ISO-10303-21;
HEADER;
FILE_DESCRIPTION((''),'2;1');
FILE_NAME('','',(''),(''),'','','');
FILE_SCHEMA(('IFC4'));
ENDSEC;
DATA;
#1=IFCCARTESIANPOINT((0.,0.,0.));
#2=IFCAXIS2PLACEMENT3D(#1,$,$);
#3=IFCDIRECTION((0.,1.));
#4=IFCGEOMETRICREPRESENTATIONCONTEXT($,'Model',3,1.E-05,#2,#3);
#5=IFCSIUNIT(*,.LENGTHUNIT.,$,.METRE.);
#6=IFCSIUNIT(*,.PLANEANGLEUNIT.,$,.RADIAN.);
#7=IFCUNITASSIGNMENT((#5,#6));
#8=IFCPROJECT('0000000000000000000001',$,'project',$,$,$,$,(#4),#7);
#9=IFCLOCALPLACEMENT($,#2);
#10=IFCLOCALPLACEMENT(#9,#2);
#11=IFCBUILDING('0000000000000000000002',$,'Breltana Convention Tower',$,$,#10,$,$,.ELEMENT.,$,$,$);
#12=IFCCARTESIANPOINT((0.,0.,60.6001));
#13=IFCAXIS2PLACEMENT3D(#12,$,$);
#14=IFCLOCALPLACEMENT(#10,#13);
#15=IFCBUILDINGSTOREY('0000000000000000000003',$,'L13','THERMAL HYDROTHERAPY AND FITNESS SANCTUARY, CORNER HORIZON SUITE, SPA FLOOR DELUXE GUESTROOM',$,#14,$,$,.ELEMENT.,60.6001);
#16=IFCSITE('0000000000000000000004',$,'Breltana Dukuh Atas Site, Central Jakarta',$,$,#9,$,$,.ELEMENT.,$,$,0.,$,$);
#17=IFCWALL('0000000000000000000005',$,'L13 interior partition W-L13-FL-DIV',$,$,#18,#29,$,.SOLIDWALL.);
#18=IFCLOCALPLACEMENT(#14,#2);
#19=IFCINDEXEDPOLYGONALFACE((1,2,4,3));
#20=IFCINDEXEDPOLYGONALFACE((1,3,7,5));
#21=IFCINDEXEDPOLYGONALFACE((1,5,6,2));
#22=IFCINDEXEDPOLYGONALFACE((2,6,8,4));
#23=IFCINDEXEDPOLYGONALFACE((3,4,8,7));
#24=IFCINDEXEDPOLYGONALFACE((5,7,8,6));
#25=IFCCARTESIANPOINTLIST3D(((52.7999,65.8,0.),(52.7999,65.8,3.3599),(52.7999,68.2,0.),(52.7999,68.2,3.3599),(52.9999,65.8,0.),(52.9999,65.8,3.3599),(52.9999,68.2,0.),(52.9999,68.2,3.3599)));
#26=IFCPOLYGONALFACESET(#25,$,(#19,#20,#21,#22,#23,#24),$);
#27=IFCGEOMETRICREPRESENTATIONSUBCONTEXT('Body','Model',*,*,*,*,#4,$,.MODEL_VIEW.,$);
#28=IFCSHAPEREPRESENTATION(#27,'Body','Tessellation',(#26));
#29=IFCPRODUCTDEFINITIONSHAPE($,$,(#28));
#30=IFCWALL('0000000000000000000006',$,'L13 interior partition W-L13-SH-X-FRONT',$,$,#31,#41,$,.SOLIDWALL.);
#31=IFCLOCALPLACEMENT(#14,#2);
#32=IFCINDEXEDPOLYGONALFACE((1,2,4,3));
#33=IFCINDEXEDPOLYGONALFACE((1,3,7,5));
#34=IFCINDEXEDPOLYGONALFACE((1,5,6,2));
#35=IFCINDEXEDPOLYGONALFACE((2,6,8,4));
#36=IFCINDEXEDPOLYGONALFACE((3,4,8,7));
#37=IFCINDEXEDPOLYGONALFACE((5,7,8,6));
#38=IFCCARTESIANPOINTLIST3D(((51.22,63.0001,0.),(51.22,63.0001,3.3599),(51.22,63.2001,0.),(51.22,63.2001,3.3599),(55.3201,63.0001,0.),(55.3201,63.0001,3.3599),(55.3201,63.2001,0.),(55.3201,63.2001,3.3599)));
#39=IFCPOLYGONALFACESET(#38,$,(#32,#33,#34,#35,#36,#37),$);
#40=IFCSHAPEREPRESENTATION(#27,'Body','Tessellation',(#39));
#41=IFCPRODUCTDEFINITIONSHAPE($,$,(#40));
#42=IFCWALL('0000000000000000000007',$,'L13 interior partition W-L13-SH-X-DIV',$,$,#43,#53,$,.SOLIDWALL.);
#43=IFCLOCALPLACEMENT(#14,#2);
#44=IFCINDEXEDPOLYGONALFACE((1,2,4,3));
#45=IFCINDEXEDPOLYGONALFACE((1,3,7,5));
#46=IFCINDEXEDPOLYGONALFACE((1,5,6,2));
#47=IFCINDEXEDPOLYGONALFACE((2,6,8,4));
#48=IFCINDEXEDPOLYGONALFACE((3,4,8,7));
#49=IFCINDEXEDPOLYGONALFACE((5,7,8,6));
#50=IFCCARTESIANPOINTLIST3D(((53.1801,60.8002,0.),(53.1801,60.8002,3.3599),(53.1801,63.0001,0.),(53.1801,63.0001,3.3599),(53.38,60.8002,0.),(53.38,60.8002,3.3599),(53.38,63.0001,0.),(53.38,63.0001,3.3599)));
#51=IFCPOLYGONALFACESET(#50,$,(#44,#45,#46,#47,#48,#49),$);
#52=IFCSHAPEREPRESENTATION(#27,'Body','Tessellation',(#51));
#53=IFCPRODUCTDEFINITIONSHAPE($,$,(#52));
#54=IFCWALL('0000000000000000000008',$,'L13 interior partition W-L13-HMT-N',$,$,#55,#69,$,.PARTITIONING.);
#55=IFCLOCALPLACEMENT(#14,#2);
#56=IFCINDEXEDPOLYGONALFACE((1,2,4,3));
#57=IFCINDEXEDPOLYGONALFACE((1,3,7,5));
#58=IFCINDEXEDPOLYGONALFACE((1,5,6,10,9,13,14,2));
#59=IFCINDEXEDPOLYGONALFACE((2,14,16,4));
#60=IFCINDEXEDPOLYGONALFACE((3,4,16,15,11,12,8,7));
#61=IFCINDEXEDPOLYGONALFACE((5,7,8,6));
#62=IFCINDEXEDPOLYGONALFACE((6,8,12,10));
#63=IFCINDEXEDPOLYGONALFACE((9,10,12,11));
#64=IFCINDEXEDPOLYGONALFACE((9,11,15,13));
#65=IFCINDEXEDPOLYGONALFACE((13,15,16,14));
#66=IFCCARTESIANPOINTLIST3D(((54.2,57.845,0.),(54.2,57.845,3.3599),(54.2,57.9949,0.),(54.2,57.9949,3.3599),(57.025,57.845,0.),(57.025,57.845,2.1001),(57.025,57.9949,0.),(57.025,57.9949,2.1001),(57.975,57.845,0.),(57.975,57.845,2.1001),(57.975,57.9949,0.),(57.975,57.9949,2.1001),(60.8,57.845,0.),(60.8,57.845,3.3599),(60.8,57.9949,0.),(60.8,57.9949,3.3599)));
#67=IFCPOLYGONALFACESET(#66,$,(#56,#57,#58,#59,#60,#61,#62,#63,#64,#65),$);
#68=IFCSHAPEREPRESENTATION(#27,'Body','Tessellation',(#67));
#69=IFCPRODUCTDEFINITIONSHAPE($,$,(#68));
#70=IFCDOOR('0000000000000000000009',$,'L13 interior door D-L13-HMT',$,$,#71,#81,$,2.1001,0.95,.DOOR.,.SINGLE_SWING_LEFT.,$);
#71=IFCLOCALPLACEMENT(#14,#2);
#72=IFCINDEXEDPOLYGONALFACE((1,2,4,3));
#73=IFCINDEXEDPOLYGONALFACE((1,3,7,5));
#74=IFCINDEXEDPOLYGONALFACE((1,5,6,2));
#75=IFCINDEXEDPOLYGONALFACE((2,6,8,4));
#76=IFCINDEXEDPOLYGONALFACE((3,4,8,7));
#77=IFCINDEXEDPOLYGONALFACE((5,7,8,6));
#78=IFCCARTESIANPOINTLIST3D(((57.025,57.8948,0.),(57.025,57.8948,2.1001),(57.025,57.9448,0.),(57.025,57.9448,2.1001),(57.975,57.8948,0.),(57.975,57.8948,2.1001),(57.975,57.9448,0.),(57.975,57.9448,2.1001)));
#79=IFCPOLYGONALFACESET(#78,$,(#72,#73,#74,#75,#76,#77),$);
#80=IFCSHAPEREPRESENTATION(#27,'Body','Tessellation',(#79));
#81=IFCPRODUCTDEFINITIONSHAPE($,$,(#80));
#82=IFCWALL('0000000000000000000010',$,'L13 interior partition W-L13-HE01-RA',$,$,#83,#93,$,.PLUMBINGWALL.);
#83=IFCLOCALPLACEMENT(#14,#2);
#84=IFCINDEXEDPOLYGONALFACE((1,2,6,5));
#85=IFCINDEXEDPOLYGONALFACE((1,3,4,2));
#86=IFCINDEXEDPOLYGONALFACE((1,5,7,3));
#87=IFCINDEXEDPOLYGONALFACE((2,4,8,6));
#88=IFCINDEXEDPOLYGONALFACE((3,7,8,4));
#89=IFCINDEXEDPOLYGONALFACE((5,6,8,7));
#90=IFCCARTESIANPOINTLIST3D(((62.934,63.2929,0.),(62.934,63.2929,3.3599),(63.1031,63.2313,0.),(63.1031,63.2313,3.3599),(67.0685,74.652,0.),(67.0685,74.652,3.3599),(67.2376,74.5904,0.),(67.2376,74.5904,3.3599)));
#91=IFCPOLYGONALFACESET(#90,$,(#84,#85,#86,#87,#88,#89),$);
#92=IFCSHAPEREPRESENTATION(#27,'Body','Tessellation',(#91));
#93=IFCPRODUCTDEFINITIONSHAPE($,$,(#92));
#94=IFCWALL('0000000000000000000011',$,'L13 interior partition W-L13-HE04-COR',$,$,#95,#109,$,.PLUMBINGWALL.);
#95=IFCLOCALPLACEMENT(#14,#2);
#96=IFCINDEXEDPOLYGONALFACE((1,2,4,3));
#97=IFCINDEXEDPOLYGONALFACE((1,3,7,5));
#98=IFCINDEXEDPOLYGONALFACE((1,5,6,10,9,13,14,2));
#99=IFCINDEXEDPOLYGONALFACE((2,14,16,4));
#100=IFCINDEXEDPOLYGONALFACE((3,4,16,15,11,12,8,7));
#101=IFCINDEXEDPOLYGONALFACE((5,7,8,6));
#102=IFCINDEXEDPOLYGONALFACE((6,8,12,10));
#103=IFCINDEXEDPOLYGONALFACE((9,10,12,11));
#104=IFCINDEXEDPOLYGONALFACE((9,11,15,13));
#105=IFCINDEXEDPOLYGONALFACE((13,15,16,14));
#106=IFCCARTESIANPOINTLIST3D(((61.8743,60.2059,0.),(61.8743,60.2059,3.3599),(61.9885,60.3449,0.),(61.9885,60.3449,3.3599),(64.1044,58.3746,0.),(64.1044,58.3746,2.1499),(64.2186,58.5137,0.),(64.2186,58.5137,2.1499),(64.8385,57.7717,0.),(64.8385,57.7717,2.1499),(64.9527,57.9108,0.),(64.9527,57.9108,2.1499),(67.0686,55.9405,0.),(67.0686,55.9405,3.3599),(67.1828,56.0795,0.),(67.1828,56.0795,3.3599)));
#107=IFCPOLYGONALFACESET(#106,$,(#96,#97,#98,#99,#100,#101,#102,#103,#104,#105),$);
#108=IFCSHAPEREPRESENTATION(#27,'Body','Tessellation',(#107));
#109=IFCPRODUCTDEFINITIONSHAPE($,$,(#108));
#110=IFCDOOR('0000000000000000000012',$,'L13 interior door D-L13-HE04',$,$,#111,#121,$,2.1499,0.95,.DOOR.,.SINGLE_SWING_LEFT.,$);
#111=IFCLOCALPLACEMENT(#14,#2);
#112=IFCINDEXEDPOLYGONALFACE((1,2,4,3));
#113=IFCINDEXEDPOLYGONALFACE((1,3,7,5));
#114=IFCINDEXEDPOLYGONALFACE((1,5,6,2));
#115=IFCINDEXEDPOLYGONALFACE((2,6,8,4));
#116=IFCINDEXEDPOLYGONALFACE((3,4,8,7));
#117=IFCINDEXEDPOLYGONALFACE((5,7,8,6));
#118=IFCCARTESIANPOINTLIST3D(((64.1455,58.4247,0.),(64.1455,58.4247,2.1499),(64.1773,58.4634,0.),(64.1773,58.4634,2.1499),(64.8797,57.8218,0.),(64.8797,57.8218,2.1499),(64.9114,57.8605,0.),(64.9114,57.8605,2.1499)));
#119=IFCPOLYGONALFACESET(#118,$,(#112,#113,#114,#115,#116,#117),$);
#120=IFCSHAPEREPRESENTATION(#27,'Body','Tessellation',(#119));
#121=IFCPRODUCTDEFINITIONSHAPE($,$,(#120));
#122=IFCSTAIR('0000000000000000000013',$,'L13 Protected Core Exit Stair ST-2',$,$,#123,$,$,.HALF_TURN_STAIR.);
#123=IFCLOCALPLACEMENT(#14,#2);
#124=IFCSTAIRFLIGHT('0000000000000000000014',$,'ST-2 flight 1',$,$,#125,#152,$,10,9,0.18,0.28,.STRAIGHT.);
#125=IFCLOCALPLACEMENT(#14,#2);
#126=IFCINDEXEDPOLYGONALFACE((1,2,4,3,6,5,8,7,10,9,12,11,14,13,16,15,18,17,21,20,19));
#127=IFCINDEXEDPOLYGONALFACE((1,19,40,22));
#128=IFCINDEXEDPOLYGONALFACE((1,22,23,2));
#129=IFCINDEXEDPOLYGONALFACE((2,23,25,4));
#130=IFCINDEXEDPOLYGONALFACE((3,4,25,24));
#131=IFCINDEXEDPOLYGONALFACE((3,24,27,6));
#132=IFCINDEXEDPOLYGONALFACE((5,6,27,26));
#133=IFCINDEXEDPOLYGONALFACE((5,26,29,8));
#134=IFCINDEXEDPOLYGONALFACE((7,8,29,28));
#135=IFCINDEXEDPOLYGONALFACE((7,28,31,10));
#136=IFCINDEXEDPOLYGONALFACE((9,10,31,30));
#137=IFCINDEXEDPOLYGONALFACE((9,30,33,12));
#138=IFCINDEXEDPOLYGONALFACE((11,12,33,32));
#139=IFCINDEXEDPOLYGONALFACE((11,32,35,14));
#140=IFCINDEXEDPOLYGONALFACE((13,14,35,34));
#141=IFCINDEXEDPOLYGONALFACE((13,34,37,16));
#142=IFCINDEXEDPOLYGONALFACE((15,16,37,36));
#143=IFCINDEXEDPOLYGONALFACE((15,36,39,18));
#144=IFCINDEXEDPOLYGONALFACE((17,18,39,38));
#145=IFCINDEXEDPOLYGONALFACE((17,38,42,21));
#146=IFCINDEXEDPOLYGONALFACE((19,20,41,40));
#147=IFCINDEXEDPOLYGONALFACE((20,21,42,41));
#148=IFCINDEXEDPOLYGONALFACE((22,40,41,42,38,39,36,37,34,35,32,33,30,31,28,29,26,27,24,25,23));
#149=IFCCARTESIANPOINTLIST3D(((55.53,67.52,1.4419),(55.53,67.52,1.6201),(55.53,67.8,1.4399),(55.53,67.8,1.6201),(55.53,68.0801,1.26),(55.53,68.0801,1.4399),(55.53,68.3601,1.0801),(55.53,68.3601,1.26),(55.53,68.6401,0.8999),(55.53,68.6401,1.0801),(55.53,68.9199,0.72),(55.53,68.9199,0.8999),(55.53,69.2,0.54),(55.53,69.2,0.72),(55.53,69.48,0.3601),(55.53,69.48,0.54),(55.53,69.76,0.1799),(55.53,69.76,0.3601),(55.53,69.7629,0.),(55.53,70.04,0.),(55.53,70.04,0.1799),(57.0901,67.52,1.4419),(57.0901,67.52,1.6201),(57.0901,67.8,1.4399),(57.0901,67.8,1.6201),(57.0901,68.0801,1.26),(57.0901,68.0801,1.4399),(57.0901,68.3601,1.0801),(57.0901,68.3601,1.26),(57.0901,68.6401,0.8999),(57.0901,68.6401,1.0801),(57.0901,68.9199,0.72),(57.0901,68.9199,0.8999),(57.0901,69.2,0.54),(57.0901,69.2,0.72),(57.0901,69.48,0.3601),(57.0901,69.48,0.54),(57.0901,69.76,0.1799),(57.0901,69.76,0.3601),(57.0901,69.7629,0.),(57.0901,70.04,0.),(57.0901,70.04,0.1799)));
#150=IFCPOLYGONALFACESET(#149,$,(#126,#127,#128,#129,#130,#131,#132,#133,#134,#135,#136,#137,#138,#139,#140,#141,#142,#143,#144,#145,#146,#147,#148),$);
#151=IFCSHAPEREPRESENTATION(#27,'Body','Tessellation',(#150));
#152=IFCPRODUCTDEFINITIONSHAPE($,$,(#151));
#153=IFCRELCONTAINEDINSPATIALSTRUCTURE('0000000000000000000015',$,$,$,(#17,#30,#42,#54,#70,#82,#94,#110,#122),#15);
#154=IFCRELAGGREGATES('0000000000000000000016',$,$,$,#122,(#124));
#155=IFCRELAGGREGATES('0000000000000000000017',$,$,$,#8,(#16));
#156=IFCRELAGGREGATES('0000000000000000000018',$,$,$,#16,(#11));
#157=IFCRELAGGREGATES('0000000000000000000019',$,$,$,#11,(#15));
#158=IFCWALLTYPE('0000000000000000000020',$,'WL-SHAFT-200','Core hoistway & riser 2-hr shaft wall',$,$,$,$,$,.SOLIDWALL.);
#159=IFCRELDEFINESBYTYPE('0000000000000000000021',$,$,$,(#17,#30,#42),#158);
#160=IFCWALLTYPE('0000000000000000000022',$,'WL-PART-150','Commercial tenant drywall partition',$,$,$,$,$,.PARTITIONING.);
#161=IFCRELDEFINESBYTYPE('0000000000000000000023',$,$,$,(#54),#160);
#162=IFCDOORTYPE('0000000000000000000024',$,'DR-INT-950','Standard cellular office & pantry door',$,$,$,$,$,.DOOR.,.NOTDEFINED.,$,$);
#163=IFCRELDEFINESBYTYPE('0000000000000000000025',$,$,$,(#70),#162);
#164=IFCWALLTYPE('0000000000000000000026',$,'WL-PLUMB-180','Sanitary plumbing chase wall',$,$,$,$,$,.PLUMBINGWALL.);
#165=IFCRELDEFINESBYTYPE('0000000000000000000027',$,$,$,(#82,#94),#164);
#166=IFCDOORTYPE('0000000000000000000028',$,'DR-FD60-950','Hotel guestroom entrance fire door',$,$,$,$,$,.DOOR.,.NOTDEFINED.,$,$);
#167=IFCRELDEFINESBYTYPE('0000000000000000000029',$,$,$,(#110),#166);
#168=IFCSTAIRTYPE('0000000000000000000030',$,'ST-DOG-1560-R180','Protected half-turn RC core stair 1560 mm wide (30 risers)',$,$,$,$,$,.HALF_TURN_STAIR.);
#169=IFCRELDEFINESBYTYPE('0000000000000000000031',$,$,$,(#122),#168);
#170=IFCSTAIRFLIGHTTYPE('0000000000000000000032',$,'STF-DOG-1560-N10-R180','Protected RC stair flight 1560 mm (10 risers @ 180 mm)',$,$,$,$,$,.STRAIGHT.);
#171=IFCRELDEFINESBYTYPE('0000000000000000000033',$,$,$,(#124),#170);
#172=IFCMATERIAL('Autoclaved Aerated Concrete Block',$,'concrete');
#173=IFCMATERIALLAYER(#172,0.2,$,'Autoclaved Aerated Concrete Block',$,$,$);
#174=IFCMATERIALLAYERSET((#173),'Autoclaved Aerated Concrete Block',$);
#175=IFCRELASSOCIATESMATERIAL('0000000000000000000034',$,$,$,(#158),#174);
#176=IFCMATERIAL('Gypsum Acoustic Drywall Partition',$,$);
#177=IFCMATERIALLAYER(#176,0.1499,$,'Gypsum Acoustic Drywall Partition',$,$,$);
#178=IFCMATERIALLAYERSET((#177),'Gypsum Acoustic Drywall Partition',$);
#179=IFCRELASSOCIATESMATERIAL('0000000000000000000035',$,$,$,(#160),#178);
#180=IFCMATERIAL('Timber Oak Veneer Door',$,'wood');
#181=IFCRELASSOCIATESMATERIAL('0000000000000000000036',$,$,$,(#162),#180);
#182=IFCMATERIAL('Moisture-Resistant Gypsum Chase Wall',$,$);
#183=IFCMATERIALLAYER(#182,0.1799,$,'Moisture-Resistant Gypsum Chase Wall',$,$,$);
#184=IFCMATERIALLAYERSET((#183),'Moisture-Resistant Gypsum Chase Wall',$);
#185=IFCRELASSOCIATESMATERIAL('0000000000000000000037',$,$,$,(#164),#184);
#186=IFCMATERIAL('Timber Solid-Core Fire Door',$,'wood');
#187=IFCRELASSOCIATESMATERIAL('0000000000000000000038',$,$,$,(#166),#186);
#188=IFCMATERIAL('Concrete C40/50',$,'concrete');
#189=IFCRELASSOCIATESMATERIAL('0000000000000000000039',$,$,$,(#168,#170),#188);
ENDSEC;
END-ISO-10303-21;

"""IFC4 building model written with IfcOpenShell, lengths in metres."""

from ifc_helpers import new_model, si_unit, direction, frame, frame_2d, origin, place, context, subcontext, project, spatial, polyline, rectangle, outline, extrude, source, transform, mapped, material, layer, layer_set, type_object, type_shapes, element, fill, aggregate, save


model = new_model("IFC4")

# Units and contexts
model_context = context("Model", 3, precision=1e-05, world=origin(), true_north=direction((0.0, 1.0)))
body_context = subcontext(model_context, "Body", "Model", "MODEL_VIEW")
ifc_project = project(units=[si_unit("LENGTHUNIT", "METRE"), si_unit("PLANEANGLEUNIT", "RADIAN")], contexts=[model_context])

# Site, building, storey
site_placement = place(None, origin())
site = spatial("IfcSite", under=ifc_project, at=site_placement, Name="Breltana Dukuh Atas Site, Central Jakarta", CompositionType="ELEMENT", RefElevation=0.0)
building_placement = place(site_placement, origin())
building = spatial("IfcBuilding", under=site, at=building_placement, Name="Breltana Convention Tower", CompositionType="ELEMENT")
storey_placement = place(building_placement, frame((0.0, 0.0, 60.6001)))
storey = spatial("IfcBuildingStorey", under=building, at=storey_placement, Name="L13", Description="THERMAL HYDROTHERAPY AND FITNESS SANCTUARY, CORNER HORIZON SUITE, SPA FLOOR DELUXE GUESTROOM", CompositionType="ELEMENT", Elevation=60.6001)

# Shared definitions
ifc_material_1 = material(Name="Autoclaved Aerated Concrete Block", Category="concrete")
ifc_layer_1 = layer(ifc_material_1, 0.2, Name="Autoclaved Aerated Concrete Block")
ifc_layer_set_1 = layer_set([ifc_layer_1], Name="Autoclaved Aerated Concrete Block")
wall_type_1 = type_object("IfcWallType", Name="WL-SHAFT-200", Description="Core hoistway & riser 2-hr shaft wall", PredefinedType="SOLIDWALL", material=ifc_layer_set_1)

# Walls
shared_shape_1 = source(origin(), body_context, "Body", "SweptSolid", [
    extrude(rectangle(XDim=2.3999, YDim=0.2, at=frame_2d((1.2, 0.0))), origin(), (0.0, 0.0, 1.0), 3.3599),
])
wall_1_placement = place(storey_placement, frame((52.8999, 65.8, 0.0), z_axis=(0.0, 0.0, 1.0), x_axis=(0.0, 1.0, 0.0)))
element("IfcWall", 1, at=wall_1_placement, inside=storey, type_object=wall_type_1, Name="L13 interior partition W-L13-FL-DIV", PredefinedType="SOLIDWALL", context=body_context, shape_type="MappedRepresentation", body=[
    mapped(shared_shape_1, transform((0.0, 0.0, 0.0), scale=1.0)),
])
shared_shape_2 = source(origin(), body_context, "Body", "SweptSolid", [
    extrude(rectangle(XDim=4.1001, YDim=0.2, at=frame_2d((2.05, 0.0))), origin(), (0.0, 0.0, 1.0), 3.3599),
])
wall_2_placement = place(storey_placement, frame((51.22, 63.1001, 0.0), z_axis=(0.0, 0.0, 1.0), x_axis=(1.0, 0.0, 0.0)))
element("IfcWall", 2, at=wall_2_placement, inside=storey, type_object=wall_type_1, Name="L13 interior partition W-L13-SH-X-FRONT", PredefinedType="SOLIDWALL", context=body_context, shape_type="MappedRepresentation", body=[
    mapped(shared_shape_2, transform((0.0, 0.0, 0.0), scale=1.0)),
])
shared_shape_3 = source(origin(), body_context, "Body", "SweptSolid", [
    extrude(rectangle(XDim=2.2, YDim=0.2, at=frame_2d((1.1001, 0.0))), origin(), (0.0, 0.0, 1.0), 3.3599),
])
wall_3_placement = place(storey_placement, frame((53.28, 60.8, 0.0), z_axis=(0.0, 0.0, 1.0), x_axis=(0.0, 1.0, 0.0)))
element("IfcWall", 3, at=wall_3_placement, inside=storey, type_object=wall_type_1, Name="L13 interior partition W-L13-SH-X-DIV", PredefinedType="SOLIDWALL", context=body_context, shape_type="MappedRepresentation", body=[
    mapped(shared_shape_3, transform((0.0, 0.0, 0.0), scale=1.0)),
])

# Wall, opening, door
ifc_material_2 = material(Name="Gypsum Acoustic Drywall Partition")
ifc_layer_2 = layer(ifc_material_2, 0.1499, Name="Gypsum Acoustic Drywall Partition")
ifc_layer_set_2 = layer_set([ifc_layer_2], Name="Gypsum Acoustic Drywall Partition")
wall_type_2 = type_object("IfcWallType", Name="WL-PART-150", Description="Commercial tenant drywall partition", PredefinedType="PARTITIONING", material=ifc_layer_set_2)
shared_shape_4 = source(origin(), body_context, "Body", "SweptSolid", [
    extrude(rectangle(XDim=6.6001, YDim=0.1499, at=frame_2d((3.3, 0.0))), origin(), (0.0, 0.0, 1.0), 3.3599),
])
wall_4_placement = place(storey_placement, frame((54.2, 57.9199, 0.0), z_axis=(0.0, 0.0, 1.0), x_axis=(1.0, 0.0, 0.0)))
wall_4 = element("IfcWall", 4, at=wall_4_placement, inside=storey, type_object=wall_type_2, Name="L13 interior partition W-L13-HMT-N", PredefinedType="PARTITIONING", context=body_context, shape_type="MappedRepresentation", body=[
    mapped(shared_shape_4, transform((0.0, 0.0, 0.0), scale=1.0)),
])
opening_1_placement = place(wall_4_placement, frame((2.825, 0.0, 0.0)))
opening_1 = element("IfcOpeningElement", 5, at=opening_1_placement, cuts=wall_4, PredefinedType="OPENING", context=body_context, shape_type="SweptSolid", body=[
    extrude(rectangle(XDim=0.95, YDim=2.1001, at=frame_2d((0.4751, 1.05))), frame((0.0, 0.085, 0.0), z_axis=(0.0, -1.0, 0.0), x_axis=(1.0, 0.0, 0.0)), (0.0, 0.0, 1.0), 0.1699),
])
ifc_material_3 = material(Name="Timber Oak Veneer Door", Category="wood")
door_type_1 = type_object("IfcDoorType", Name="DR-INT-950", Description="Standard cellular office & pantry door", OperationType="NOTDEFINED", PredefinedType="DOOR", material=ifc_material_3)
shared_shape_5 = source(origin(), body_context, "Body", "SweptSolid", [
    extrude(rectangle(XDim=0.95, YDim=2.1001, at=frame_2d((0.4751, 1.05))), frame((0.0, 0.0249, 0.0), z_axis=(0.0, -1.0, 0.0), x_axis=(1.0, 0.0, 0.0)), (0.0, 0.0, 1.0), 0.05),
])
type_shapes(door_type_1, [shared_shape_5])
door_1_placement = place(opening_1_placement, origin())
door_1 = element("IfcDoor", 6, at=door_1_placement, inside=storey, type_object=door_type_1, Name="L13 interior door D-L13-HMT", OperationType="SINGLE_SWING_LEFT", OverallHeight=2.1001, OverallWidth=0.95, PredefinedType="DOOR", context=body_context, shape_type="MappedRepresentation", body=[
    mapped(shared_shape_5, transform((0.0, 0.0, 0.0), scale=1.0)),
])
fill(opening_1, door_1)

# Wall
ifc_material_4 = material(Name="Moisture-Resistant Gypsum Chase Wall")
ifc_layer_3 = layer(ifc_material_4, 0.1799, Name="Moisture-Resistant Gypsum Chase Wall")
ifc_layer_set_3 = layer_set([ifc_layer_3], Name="Moisture-Resistant Gypsum Chase Wall")
wall_type_3 = type_object("IfcWallType", Name="WL-PLUMB-180", Description="Sanitary plumbing chase wall", PredefinedType="PLUMBINGWALL", material=ifc_layer_set_3)
shared_shape_6 = source(origin(), body_context, "Body", "SweptSolid", [
    extrude(rectangle(XDim=12.0881, YDim=0.1799, at=frame_2d((6.0439, 0.0))), origin(), (0.0, 0.0, 1.0), 3.3599),
])
wall_5_placement = place(storey_placement, frame((63.0186, 63.2622, 0.0), z_axis=(0.0, 0.0, 1.0), x_axis=(0.34203, 0.939689, 0.0)))
element("IfcWall", 7, at=wall_5_placement, inside=storey, type_object=wall_type_3, Name="L13 interior partition W-L13-HE01-RA", PredefinedType="PLUMBINGWALL", context=body_context, shape_type="MappedRepresentation", body=[
    mapped(shared_shape_6, transform((0.0, 0.0, 0.0), scale=1.0)),
])

# Wall, opening, door
ifc_material_5 = material(Name="Timber Solid-Core Fire Door", Category="wood")
door_type_2 = type_object("IfcDoorType", Name="DR-FD60-950", Description="Hotel guestroom entrance fire door", OperationType="NOTDEFINED", PredefinedType="DOOR", material=ifc_material_5)
shared_shape_7 = source(origin(), body_context, "Body", "SweptSolid", [
    extrude(rectangle(XDim=0.95, YDim=2.1499, at=frame_2d((0.4751, 1.075))), frame((0.0, 0.0249, 0.0), z_axis=(0.0, -1.0, 0.0), x_axis=(1.0, 0.0, 0.0)), (0.0, 0.0, 1.0), 0.05),
])
type_shapes(door_type_2, [shared_shape_7])
shared_shape_8 = source(origin(), body_context, "Body", "SweptSolid", [
    extrude(rectangle(XDim=6.7212, YDim=0.1799, at=frame_2d((3.3606, 0.0))), origin(), (0.0, 0.0, 1.0), 3.3599),
])
wall_6_placement = place(storey_placement, frame((61.9314, 60.2754, 0.0), z_axis=(0.0, 0.0, 1.0), x_axis=(0.772828, -0.634615, 0.0)))
wall_6 = element("IfcWall", 8, at=wall_6_placement, inside=storey, type_object=wall_type_3, Name="L13 interior partition W-L13-HE04-COR", PredefinedType="PLUMBINGWALL", context=body_context, shape_type="MappedRepresentation", body=[
    mapped(shared_shape_8, transform((0.0, 0.0, 0.0), scale=1.0)),
])
opening_2_placement = place(wall_6_placement, frame((2.8855, 0.0, 0.0)))
opening_2 = element("IfcOpeningElement", 9, at=opening_2_placement, cuts=wall_6, PredefinedType="OPENING", context=body_context, shape_type="SweptSolid", body=[
    extrude(rectangle(XDim=0.95, YDim=2.1499, at=frame_2d((0.4751, 1.075))), frame((0.0, 0.1001, 0.0), z_axis=(0.0, -1.0, 0.0), x_axis=(1.0, 0.0, 0.0)), (0.0, 0.0, 1.0), 0.2),
])
door_2_placement = place(opening_2_placement, origin())
door_2 = element("IfcDoor", 10, at=door_2_placement, inside=storey, type_object=door_type_2, Name="L13 interior door D-L13-HE04", OperationType="SINGLE_SWING_LEFT", OverallHeight=2.1499, OverallWidth=0.95, PredefinedType="DOOR", context=body_context, shape_type="MappedRepresentation", body=[
    mapped(shared_shape_7, transform((0.0, 0.0, 0.0), scale=1.0)),
])
fill(opening_2, door_2)

# Stair, stair flight
ifc_material_6 = material(Name="Concrete C40/50", Category="concrete")
stair_type = type_object("IfcStairType", Name="ST-DOG-1560-R180", Description="Protected half-turn RC core stair 1560 mm wide (30 risers)", PredefinedType="HALF_TURN_STAIR", material=ifc_material_6)
stair_placement = place(storey_placement, origin())
stair = element("IfcStair", 11, at=stair_placement, inside=storey, type_object=stair_type, Name="L13 Protected Core Exit Stair ST-2", PredefinedType="HALF_TURN_STAIR")
stair_flight_type = type_object("IfcStairFlightType", Name="STF-DOG-1560-N10-R180", Description="Protected RC stair flight 1560 mm (10 risers @ 180 mm)", PredefinedType="STRAIGHT", material=ifc_material_6)
stair_flight_1_placement = place(storey_placement, frame((56.3101, 70.04, 0.0), z_axis=(0.0, 0.0, 1.0), x_axis=(0.0, -1.0, 0.0)))
stair_flight_1 = element("IfcStairFlight", 12, at=stair_flight_1_placement, type_object=stair_flight_type, Name="ST-2 flight 1", NumberOfRisers=10, NumberOfTreads=9, PredefinedType="STRAIGHT", RiserHeight=0.18, TreadLength=0.28, context=body_context, shape_type="SweptSolid", body=[
    extrude(outline(polyline([(0.0, 0.0), (0.0, 0.1799), (0.28, 0.1799), (0.28, 0.3601), (0.5601, 0.3601), (0.5601, 0.54), (0.8401, 0.54), (0.8401, 0.72), (1.1201, 0.72), (1.1201, 0.8999), (1.3999, 0.8999), (1.3999, 1.0801), (1.6799, 1.0801), (1.6799, 1.26), (1.96, 1.26), (1.96, 1.4399), (2.24, 1.4399), (2.24, 1.6201), (2.52, 1.6201), (2.52, 1.8), (2.52, 1.4419), (0.2771, 0.0), (0.0, 0.0)])), frame((0.0, 0.78, 0.0), z_axis=(0.0, -1.0, 0.0), x_axis=(1.0, 0.0, 0.0)), (0.0, 0.0, 1.0), 1.5601),
])
aggregate(stair, [stair_flight_1])

save(model, "model.ifc")
